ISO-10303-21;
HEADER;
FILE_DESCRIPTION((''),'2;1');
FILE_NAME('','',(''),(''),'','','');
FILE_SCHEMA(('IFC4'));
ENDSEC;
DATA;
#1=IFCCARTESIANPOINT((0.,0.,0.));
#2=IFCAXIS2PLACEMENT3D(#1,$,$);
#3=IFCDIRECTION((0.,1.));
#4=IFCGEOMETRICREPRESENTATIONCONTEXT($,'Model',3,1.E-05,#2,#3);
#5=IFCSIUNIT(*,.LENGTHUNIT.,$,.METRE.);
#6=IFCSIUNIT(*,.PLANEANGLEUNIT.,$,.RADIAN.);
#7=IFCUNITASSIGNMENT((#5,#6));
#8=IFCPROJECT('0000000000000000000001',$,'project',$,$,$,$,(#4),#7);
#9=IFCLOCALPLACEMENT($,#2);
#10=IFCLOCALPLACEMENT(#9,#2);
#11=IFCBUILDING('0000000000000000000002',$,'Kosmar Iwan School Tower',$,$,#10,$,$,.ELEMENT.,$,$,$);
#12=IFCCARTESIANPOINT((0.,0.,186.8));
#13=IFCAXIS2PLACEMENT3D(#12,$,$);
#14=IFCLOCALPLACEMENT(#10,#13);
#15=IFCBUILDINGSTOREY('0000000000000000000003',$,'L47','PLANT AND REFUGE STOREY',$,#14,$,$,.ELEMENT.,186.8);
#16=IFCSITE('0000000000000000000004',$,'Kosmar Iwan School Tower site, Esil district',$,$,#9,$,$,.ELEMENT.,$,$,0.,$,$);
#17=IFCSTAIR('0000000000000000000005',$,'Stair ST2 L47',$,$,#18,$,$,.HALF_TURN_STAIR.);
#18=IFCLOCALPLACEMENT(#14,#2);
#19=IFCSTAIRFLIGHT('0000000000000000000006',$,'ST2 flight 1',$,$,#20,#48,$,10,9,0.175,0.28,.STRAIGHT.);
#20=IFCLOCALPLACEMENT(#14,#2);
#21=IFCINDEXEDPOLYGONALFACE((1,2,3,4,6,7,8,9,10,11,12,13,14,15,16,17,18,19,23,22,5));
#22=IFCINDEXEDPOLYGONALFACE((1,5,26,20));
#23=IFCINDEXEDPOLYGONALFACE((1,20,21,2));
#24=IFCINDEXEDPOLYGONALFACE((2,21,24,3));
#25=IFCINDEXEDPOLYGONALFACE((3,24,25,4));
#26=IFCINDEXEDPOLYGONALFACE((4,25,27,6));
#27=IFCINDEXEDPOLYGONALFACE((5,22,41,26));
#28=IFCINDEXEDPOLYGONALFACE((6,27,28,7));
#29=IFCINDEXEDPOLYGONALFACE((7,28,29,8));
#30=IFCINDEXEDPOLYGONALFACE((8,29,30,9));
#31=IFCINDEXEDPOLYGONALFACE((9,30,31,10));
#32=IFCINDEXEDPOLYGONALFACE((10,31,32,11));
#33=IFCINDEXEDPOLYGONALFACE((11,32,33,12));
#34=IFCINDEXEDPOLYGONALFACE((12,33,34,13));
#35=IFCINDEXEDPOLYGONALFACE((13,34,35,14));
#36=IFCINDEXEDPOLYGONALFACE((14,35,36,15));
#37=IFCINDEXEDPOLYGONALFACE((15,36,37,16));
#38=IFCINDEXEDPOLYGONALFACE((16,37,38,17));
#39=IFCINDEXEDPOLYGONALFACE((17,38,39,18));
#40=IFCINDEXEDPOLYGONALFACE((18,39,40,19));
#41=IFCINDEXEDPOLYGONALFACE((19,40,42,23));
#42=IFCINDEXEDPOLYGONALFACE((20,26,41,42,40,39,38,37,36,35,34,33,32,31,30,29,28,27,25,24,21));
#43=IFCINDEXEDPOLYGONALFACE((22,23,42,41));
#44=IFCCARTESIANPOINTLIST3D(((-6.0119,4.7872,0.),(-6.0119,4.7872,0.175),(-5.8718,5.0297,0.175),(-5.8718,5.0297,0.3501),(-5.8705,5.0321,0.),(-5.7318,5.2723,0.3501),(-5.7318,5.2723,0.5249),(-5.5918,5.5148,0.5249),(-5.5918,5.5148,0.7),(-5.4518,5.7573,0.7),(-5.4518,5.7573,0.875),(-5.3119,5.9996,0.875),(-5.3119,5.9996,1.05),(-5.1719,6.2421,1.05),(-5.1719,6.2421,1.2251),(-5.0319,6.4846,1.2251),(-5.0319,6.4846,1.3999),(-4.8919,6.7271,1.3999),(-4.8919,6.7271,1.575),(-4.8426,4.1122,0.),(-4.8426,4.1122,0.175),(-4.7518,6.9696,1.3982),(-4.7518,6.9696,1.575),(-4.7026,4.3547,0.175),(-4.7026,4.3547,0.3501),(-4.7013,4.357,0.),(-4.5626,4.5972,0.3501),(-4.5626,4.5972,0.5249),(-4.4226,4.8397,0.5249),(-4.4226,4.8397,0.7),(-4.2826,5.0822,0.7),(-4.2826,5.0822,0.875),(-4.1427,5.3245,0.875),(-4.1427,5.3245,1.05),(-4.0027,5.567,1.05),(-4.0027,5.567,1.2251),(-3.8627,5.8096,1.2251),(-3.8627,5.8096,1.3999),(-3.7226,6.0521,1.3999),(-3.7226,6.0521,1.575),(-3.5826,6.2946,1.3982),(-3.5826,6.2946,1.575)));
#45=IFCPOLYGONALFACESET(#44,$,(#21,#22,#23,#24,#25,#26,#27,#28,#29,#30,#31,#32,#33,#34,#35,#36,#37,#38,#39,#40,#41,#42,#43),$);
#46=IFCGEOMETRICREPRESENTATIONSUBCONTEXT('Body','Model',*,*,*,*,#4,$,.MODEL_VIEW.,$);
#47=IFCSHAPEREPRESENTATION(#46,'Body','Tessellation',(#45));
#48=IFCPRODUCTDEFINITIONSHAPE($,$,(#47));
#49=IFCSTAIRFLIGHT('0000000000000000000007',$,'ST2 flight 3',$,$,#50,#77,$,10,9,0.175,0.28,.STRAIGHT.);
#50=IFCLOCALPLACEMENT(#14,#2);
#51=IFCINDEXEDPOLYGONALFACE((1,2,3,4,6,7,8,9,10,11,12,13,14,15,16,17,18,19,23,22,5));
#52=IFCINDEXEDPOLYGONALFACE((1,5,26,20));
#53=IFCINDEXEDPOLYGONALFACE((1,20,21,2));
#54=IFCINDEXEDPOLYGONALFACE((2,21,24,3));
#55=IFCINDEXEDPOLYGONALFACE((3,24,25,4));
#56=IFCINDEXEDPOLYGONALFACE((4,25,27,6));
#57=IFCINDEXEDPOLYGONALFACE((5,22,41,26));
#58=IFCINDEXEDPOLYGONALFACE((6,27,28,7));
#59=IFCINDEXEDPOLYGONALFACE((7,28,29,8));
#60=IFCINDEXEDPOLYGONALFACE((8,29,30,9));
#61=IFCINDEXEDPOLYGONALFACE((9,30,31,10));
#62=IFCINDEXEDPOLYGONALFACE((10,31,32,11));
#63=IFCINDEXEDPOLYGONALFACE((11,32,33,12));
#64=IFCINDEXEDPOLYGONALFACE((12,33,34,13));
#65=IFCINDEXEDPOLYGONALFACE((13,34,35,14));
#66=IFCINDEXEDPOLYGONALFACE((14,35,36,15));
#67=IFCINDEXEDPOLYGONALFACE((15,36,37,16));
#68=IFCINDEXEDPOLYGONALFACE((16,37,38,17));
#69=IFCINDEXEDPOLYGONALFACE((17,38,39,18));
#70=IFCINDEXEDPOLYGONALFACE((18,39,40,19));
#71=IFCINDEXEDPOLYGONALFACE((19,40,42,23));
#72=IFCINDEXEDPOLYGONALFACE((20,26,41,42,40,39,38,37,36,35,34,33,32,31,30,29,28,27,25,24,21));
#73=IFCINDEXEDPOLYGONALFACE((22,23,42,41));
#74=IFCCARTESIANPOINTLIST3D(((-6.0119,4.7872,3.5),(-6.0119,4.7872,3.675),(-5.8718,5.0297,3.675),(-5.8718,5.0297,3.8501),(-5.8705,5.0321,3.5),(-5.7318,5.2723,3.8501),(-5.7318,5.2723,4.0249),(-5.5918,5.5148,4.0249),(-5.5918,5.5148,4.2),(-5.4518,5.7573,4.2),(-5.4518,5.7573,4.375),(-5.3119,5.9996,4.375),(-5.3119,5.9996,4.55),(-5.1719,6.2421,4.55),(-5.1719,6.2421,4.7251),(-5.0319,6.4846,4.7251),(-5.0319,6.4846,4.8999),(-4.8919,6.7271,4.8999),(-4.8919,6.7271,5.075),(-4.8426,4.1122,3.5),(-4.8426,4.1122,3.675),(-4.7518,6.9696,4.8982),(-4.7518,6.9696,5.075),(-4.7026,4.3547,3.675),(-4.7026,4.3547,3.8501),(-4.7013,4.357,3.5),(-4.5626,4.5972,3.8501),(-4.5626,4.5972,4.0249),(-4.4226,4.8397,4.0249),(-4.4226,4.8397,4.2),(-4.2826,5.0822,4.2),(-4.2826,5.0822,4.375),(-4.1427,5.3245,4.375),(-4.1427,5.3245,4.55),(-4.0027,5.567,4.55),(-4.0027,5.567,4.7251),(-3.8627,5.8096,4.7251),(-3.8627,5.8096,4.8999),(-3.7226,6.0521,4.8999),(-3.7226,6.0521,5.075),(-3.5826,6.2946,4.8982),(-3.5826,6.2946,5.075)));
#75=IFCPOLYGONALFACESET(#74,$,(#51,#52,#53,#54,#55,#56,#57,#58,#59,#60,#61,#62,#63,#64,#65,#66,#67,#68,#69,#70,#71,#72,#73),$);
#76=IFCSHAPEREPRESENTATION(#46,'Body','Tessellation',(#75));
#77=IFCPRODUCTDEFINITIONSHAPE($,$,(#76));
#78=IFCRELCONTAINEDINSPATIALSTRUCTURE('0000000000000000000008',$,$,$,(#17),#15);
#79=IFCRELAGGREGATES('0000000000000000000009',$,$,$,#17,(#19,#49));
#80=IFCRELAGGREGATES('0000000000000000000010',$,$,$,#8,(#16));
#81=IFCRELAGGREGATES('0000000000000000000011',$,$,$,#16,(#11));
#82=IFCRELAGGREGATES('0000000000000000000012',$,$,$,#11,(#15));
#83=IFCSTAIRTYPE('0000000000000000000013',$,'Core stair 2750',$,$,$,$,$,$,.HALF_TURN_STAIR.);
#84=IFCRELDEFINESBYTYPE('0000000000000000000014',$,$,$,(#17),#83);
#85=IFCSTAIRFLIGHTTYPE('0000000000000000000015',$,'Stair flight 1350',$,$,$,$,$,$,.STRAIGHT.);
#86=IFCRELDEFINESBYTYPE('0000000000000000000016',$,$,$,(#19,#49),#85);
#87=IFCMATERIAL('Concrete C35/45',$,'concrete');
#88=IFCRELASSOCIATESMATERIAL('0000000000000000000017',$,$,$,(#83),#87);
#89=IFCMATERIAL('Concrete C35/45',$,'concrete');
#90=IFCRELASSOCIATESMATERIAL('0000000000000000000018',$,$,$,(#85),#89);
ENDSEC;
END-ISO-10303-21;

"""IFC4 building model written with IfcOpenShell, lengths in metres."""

from ifc_helpers import new_model, si_unit, direction, frame, origin, place, context, subcontext, project, spatial, polyline, outline, extrude, material, type_object, element, aggregate, save


model = new_model("IFC4")

# Units and contexts
model_context = context("Model", 3, precision=1e-05, world=origin(), true_north=direction((0.0, 1.0)))
body_context = subcontext(model_context, "Body", "Model", "MODEL_VIEW")
ifc_project = project(units=[si_unit("LENGTHUNIT", "METRE"), si_unit("PLANEANGLEUNIT", "RADIAN")], contexts=[model_context])

# Site, building, storey
site_placement = place(None, origin())
site = spatial("IfcSite", under=ifc_project, at=site_placement, Name="Kosmar Iwan School Tower site, Esil district", CompositionType="ELEMENT", RefElevation=0.0)
building_placement = place(site_placement, origin())
building = spatial("IfcBuilding", under=site, at=building_placement, Name="Kosmar Iwan School Tower", CompositionType="ELEMENT")
storey_placement = place(building_placement, frame((0.0, 0.0, 186.8)))
storey = spatial("IfcBuildingStorey", under=building, at=storey_placement, Name="L47", Description="PLANT AND REFUGE STOREY", CompositionType="ELEMENT", Elevation=186.8)

# Stair
ifc_material_1 = material(Name="Concrete C35/45", Category="concrete")
stair_type = type_object("IfcStairType", Name="Core stair 2750", PredefinedType="HALF_TURN_STAIR", material=ifc_material_1)
stair_1_placement = place(storey_placement, origin())
stair_1 = element("IfcStair", 1, at=stair_1_placement, inside=storey, type_object=stair_type, Name="Stair ST2 L47", PredefinedType="HALF_TURN_STAIR")

# Stair flights
ifc_material_2 = material(Name="Concrete C35/45", Category="concrete")
stair_flight_type = type_object("IfcStairFlightType", Name="Stair flight 1350", PredefinedType="STRAIGHT", material=ifc_material_2)
stair_flight_1_placement = place(storey_placement, frame((-5.4272, 4.4497, 0.0), z_axis=(0.0, 0.0, 1.0), x_axis=(0.5, 0.866025, 0.0)))
stair_flight_1 = element("IfcStairFlight", 2, at=stair_flight_1_placement, type_object=stair_flight_type, Name="ST2 flight 1", NumberOfRisers=10, NumberOfTreads=9, PredefinedType="STRAIGHT", RiserHeight=0.175, TreadLength=0.28, context=body_context, shape_type="SweptSolid", body=[
    extrude(outline(polyline([(0.0, 0.0), (0.0, 0.175), (0.28, 0.175), (0.28, 0.3501), (0.5601, 0.3501), (0.5601, 0.5249), (0.8401, 0.5249), (0.8401, 0.7), (1.1201, 0.7), (1.1201, 0.875), (1.3999, 0.875), (1.3999, 1.05), (1.6799, 1.05), (1.6799, 1.2251), (1.96, 1.2251), (1.96, 1.3999), (2.24, 1.3999), (2.24, 1.575), (2.52, 1.575), (2.52, 1.75), (2.52, 1.3982), (0.2827, 0.0), (0.0, 0.0)])), frame((0.0, 0.675, 0.0), z_axis=(0.0, -1.0, 0.0), x_axis=(1.0, 0.0, 0.0)), (0.0, 0.0, 1.0), 1.3501),
])
stair_flight_2_placement = place(storey_placement, frame((-5.4272, 4.4497, 3.5), z_axis=(0.0, 0.0, 1.0), x_axis=(0.5, 0.866025, 0.0)))
stair_flight_2 = element("IfcStairFlight", 3, at=stair_flight_2_placement, type_object=stair_flight_type, Name="ST2 flight 3", NumberOfRisers=10, NumberOfTreads=9, PredefinedType="STRAIGHT", RiserHeight=0.175, TreadLength=0.28, context=body_context, shape_type="SweptSolid", body=[
    extrude(outline(polyline([(0.0, 0.0), (0.0, 0.175), (0.28, 0.175), (0.28, 0.3501), (0.5601, 0.3501), (0.5601, 0.5249), (0.8401, 0.5249), (0.8401, 0.7), (1.1201, 0.7), (1.1201, 0.875), (1.3999, 0.875), (1.3999, 1.05), (1.6799, 1.05), (1.6799, 1.2251), (1.96, 1.2251), (1.96, 1.3999), (2.24, 1.3999), (2.24, 1.575), (2.52, 1.575), (2.52, 1.75), (2.52, 1.3982), (0.2827, 0.0), (0.0, 0.0)])), frame((0.0, 0.675, 0.0), z_axis=(0.0, -1.0, 0.0), x_axis=(1.0, 0.0, 0.0)), (0.0, 0.0, 1.0), 1.3501),
])
aggregate(stair_1, [stair_flight_1, stair_flight_2])

save(model, "model.ifc")
